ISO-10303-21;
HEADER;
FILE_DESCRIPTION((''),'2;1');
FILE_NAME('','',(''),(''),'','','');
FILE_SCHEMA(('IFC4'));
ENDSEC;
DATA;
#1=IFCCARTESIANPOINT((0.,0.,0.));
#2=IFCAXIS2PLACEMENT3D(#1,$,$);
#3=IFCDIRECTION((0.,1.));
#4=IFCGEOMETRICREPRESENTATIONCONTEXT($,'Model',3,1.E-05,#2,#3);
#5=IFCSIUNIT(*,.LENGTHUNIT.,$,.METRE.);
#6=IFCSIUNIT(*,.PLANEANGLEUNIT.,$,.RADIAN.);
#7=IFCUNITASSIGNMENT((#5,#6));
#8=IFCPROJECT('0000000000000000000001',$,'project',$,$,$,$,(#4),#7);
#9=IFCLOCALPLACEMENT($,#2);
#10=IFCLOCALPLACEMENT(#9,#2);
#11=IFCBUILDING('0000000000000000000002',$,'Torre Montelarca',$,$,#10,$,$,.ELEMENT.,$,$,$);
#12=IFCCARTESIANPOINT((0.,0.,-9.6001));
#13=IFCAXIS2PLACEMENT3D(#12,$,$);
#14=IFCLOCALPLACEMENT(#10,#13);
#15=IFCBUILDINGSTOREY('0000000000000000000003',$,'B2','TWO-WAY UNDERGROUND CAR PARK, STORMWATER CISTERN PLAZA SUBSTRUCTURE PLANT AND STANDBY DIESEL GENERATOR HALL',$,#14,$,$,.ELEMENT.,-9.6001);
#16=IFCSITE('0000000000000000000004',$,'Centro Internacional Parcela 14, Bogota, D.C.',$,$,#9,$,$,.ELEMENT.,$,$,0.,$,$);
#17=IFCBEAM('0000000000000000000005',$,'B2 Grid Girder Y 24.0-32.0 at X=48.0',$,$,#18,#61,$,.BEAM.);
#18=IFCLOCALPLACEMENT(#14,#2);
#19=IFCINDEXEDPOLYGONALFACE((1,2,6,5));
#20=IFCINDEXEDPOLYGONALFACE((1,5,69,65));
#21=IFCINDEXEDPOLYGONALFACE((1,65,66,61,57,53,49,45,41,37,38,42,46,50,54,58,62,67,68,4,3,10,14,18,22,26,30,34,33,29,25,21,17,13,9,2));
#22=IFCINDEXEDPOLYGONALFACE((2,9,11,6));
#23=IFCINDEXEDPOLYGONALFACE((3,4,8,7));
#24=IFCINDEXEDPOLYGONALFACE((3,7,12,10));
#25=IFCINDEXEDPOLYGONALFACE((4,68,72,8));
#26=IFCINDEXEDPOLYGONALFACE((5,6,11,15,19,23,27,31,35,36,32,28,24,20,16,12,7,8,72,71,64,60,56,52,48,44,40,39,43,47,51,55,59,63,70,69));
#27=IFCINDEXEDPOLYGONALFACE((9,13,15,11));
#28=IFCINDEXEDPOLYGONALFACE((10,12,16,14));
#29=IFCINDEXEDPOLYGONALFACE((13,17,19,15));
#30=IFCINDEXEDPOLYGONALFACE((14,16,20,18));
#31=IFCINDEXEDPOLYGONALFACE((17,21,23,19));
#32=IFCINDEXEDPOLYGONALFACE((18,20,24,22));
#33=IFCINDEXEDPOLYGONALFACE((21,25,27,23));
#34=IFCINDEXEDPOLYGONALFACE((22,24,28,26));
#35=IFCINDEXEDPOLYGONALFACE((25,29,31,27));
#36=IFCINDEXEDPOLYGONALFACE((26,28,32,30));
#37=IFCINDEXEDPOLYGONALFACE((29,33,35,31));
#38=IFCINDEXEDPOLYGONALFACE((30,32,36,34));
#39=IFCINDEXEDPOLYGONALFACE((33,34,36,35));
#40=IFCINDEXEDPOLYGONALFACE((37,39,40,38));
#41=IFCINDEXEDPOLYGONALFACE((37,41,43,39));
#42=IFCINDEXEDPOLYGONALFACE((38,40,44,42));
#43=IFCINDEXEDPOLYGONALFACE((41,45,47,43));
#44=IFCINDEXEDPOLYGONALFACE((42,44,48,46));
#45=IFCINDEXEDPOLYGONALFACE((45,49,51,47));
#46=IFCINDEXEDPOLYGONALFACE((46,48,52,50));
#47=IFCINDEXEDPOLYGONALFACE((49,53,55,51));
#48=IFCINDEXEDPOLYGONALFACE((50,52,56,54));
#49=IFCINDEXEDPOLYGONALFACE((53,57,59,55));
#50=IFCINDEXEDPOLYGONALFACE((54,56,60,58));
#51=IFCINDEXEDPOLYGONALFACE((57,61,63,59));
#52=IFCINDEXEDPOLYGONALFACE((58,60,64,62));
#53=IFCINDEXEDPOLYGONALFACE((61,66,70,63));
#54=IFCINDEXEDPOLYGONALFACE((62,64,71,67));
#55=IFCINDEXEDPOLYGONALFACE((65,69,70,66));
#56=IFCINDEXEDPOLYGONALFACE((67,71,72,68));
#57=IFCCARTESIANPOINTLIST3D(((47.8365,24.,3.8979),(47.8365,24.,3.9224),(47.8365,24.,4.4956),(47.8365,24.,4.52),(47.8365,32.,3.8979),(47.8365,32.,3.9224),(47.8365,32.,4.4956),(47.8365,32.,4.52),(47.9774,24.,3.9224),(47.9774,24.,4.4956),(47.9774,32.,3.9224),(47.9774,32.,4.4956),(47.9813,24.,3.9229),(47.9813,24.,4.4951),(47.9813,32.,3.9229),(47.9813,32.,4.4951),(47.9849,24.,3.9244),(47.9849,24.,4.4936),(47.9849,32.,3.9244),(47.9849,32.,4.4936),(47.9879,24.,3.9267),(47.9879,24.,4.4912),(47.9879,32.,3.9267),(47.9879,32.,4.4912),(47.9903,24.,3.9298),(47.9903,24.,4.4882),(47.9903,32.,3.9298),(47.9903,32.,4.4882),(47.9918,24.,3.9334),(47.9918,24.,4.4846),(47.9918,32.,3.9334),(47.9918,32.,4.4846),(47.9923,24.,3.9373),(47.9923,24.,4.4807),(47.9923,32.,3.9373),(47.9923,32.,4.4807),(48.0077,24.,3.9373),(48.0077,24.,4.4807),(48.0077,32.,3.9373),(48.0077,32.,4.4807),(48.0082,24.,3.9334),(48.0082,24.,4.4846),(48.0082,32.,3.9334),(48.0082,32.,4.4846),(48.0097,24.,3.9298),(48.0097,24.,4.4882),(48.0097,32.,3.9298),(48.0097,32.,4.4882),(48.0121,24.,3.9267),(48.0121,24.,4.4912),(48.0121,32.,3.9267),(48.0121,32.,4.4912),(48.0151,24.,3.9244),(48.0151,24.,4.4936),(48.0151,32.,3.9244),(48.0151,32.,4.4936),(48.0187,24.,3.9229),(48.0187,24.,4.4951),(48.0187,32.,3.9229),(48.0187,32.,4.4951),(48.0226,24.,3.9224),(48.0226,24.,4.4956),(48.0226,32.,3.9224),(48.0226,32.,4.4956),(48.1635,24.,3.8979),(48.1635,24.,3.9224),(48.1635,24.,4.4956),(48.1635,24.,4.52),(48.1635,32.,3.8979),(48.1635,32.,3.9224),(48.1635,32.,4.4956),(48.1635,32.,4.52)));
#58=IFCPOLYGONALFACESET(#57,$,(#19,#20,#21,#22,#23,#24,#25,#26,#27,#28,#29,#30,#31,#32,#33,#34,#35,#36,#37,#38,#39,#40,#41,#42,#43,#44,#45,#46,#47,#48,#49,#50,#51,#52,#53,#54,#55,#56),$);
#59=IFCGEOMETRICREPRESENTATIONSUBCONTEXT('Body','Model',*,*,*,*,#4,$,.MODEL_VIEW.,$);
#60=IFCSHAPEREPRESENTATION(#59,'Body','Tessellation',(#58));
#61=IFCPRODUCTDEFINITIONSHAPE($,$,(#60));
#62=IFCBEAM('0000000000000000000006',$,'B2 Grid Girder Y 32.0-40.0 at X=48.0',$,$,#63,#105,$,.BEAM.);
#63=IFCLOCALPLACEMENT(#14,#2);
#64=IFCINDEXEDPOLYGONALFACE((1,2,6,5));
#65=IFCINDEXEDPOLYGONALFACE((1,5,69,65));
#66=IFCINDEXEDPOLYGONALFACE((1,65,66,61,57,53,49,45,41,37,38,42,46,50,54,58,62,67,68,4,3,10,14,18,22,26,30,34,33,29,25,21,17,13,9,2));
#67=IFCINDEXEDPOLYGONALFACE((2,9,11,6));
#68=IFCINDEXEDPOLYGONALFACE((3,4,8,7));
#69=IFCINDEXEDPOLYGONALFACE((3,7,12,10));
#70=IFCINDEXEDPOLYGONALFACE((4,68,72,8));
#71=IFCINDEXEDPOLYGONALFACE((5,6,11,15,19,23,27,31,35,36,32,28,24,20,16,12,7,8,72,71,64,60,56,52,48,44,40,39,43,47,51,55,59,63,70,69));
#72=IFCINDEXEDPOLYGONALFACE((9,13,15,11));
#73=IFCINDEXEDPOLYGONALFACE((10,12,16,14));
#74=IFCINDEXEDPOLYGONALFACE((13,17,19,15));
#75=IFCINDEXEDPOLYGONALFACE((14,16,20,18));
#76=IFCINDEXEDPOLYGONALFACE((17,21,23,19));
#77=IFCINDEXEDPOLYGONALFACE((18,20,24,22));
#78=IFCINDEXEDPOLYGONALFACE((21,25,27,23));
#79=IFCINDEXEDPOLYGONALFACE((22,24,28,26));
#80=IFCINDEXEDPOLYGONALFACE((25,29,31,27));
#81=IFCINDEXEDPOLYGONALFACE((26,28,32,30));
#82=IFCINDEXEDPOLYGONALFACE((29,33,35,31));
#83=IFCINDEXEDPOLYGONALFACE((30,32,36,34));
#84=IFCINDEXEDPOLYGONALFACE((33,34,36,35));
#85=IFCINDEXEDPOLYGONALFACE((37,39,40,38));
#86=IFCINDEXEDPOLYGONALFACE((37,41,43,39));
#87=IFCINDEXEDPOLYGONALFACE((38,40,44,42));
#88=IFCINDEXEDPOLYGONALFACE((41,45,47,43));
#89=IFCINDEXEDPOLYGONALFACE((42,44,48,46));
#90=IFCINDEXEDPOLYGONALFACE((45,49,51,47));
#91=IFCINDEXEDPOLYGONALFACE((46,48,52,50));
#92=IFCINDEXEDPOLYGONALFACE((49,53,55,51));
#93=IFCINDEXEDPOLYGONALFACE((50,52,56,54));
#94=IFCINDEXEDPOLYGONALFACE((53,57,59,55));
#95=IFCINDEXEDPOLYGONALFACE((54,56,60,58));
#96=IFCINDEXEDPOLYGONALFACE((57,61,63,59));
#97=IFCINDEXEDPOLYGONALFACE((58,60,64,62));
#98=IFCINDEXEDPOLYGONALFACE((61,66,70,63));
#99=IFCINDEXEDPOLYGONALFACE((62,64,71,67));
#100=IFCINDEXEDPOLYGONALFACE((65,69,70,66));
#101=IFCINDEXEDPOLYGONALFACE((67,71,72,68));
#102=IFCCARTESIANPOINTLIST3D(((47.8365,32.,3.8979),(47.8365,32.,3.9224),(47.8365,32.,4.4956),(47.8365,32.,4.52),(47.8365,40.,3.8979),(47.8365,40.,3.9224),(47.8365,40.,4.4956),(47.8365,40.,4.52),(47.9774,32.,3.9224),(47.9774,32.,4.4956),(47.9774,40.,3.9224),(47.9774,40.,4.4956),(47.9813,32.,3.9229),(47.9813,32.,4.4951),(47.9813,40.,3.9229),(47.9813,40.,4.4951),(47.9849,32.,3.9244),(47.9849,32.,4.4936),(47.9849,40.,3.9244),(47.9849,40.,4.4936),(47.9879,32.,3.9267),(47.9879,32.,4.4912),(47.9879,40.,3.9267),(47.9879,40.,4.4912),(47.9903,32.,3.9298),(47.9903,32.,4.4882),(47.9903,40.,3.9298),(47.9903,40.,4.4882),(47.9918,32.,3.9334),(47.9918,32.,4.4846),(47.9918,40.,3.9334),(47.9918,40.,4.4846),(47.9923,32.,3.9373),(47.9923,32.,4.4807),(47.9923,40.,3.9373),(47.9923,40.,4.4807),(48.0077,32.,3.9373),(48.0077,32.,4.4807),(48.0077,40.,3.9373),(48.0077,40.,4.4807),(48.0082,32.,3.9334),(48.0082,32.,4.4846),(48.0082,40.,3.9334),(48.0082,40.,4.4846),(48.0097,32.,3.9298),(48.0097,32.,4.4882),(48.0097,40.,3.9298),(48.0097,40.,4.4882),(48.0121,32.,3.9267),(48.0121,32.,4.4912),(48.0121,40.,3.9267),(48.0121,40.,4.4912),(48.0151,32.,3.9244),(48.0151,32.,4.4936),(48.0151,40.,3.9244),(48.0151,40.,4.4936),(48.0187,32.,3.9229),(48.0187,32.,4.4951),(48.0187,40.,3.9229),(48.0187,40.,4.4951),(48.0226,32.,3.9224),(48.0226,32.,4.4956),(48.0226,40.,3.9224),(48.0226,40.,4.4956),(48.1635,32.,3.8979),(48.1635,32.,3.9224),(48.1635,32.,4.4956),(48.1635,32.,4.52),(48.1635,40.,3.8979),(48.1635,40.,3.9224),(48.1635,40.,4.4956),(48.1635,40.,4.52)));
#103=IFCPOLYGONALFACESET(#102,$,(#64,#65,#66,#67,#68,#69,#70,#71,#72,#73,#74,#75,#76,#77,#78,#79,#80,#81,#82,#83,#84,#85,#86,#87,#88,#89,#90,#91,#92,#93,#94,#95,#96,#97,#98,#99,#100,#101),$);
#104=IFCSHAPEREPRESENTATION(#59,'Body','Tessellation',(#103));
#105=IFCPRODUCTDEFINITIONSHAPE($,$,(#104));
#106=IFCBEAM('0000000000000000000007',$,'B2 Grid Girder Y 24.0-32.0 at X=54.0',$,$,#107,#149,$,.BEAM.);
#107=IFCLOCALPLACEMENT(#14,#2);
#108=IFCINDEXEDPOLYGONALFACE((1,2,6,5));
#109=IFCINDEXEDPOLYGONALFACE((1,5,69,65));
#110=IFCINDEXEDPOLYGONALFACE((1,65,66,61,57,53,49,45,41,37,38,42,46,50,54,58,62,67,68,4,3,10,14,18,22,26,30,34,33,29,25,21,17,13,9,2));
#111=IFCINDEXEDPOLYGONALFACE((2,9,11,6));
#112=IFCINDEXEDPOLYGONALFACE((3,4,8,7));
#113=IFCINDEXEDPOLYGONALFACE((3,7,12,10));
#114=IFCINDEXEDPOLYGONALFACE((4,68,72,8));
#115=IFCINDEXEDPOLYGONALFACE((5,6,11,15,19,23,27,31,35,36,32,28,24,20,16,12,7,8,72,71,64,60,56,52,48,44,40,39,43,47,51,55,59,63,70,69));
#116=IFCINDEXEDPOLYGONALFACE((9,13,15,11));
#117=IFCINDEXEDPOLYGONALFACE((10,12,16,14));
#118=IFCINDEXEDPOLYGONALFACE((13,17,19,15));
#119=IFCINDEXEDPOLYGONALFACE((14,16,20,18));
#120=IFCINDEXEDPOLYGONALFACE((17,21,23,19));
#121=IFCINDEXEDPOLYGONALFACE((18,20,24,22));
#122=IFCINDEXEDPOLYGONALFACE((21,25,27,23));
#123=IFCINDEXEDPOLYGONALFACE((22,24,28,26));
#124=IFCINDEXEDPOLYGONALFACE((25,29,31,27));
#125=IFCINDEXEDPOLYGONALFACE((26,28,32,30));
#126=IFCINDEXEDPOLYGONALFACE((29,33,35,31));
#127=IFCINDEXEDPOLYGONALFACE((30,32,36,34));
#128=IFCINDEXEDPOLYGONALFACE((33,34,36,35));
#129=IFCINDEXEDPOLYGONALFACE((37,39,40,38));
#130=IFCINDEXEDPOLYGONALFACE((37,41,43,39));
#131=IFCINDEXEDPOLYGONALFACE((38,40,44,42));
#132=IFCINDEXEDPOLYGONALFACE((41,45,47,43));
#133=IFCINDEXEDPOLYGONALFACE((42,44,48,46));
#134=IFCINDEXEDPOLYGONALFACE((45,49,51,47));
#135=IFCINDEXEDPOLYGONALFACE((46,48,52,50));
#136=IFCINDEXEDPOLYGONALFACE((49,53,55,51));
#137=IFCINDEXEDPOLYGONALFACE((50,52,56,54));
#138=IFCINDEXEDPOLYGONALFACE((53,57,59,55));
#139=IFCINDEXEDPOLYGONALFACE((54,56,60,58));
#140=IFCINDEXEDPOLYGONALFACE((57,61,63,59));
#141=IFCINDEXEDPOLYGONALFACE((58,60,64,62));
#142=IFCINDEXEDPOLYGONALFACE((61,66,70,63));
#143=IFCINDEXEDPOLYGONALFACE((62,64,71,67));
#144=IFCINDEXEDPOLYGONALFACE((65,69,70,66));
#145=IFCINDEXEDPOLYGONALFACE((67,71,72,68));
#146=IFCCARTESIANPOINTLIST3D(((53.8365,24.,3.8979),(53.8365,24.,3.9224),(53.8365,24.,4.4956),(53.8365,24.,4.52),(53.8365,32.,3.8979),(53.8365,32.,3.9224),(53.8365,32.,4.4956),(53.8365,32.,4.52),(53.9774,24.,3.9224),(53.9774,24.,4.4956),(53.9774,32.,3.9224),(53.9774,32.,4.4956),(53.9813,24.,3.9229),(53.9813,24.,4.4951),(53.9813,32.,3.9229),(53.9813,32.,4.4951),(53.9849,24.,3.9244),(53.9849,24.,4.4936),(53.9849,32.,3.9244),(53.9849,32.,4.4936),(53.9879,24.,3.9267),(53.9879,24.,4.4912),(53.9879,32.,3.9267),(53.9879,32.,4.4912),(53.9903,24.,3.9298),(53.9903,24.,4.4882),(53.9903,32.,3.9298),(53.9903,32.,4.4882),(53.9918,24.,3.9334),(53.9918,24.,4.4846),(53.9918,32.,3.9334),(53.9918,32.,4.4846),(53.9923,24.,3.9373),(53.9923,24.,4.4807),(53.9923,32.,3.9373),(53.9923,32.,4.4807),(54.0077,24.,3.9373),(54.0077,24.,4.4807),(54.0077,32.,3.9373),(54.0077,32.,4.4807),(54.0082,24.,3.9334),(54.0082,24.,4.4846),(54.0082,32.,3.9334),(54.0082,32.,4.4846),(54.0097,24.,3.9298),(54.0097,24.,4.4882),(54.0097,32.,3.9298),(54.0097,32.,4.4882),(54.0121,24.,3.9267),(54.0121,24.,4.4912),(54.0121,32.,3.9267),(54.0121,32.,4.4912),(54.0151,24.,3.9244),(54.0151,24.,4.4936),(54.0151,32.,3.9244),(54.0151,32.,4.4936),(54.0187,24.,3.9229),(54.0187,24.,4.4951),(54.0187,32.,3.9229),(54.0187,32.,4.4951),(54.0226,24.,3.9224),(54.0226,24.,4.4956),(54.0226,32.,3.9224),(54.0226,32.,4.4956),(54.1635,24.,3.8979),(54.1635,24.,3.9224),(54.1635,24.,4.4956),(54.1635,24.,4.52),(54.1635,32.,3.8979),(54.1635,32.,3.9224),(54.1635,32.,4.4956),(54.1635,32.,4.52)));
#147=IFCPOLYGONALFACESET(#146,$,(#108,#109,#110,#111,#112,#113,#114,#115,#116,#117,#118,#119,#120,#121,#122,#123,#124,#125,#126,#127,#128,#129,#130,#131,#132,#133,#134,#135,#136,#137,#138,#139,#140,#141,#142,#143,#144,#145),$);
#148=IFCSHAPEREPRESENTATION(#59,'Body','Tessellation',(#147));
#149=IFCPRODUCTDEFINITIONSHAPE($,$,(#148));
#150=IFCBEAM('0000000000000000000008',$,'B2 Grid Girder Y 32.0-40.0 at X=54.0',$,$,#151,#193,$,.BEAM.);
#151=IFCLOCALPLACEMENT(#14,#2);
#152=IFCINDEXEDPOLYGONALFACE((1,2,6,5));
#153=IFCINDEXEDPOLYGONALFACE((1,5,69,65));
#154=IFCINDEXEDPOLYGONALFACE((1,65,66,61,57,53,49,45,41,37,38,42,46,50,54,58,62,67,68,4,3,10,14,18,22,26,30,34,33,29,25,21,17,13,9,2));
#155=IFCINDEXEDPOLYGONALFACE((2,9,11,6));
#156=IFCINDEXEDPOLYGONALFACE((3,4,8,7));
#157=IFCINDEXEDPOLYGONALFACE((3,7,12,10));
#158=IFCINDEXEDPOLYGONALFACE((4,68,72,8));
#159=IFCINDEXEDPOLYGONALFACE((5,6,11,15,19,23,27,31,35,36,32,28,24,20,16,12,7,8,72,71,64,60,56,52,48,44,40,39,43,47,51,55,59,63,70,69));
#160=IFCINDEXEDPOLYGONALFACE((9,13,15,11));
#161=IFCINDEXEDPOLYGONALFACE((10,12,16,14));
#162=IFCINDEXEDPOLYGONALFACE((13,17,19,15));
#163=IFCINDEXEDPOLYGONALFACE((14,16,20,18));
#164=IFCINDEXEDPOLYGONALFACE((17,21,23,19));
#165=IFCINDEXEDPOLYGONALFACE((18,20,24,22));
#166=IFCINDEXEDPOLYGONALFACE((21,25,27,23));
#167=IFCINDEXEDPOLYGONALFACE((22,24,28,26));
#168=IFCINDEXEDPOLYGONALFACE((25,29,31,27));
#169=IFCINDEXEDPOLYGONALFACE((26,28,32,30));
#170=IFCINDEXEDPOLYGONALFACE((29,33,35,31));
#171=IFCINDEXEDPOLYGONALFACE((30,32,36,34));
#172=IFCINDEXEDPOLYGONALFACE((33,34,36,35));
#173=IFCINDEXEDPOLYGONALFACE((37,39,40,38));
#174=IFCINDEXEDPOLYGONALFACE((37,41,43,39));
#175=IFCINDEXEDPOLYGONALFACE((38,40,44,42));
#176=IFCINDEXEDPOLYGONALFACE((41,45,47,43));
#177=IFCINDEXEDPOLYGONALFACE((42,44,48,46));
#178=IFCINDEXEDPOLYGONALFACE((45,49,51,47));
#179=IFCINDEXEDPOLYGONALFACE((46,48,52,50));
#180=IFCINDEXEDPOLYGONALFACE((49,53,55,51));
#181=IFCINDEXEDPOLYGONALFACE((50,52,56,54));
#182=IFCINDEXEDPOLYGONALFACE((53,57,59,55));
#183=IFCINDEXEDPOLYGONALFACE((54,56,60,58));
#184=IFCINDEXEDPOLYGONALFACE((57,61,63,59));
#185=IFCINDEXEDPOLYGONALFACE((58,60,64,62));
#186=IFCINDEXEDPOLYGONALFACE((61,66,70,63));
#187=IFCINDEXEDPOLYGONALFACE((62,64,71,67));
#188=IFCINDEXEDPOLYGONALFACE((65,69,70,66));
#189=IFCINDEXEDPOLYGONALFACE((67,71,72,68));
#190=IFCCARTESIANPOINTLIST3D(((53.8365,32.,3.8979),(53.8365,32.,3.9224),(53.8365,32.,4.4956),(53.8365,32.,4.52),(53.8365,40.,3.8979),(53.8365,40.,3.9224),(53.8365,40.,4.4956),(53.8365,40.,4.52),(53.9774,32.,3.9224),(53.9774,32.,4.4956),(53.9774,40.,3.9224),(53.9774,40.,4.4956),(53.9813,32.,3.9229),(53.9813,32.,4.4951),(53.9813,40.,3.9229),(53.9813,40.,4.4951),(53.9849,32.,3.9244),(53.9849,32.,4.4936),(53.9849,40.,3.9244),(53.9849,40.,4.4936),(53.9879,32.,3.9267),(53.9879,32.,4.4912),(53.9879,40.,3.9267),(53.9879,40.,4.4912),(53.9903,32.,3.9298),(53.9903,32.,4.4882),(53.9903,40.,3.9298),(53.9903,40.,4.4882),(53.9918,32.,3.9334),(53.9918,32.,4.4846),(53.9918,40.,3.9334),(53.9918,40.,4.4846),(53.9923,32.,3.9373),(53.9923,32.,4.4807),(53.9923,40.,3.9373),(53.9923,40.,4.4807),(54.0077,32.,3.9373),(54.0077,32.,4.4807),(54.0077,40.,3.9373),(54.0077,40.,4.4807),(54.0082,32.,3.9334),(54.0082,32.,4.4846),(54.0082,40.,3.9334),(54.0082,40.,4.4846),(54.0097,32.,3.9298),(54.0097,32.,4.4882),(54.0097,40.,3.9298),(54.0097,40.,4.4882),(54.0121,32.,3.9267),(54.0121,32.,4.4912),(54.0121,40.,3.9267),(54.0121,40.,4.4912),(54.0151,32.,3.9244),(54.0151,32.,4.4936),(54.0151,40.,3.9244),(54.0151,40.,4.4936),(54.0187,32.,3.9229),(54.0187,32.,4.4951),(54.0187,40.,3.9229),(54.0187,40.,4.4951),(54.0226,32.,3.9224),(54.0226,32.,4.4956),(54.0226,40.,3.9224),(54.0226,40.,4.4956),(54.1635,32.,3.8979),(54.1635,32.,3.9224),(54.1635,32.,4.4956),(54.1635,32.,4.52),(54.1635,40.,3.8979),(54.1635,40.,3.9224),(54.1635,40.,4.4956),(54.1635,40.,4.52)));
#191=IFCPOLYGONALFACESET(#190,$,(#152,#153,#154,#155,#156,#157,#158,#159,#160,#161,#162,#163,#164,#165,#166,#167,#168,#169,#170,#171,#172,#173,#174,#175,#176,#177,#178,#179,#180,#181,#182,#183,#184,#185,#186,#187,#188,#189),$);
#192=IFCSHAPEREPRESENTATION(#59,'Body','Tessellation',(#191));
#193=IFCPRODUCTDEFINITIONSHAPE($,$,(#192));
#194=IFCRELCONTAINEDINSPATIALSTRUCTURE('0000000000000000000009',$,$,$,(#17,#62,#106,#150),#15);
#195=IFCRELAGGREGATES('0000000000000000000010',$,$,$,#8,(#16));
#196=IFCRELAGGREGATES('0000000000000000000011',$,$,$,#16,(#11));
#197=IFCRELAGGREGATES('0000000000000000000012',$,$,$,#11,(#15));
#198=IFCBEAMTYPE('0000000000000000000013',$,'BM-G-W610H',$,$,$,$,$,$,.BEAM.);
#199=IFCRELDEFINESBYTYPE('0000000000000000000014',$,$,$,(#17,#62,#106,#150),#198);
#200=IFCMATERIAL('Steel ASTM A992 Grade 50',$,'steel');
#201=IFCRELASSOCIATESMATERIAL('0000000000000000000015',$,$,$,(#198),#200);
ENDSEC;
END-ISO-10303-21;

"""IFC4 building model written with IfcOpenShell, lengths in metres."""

from ifc_helpers import new_model, si_unit, direction, frame, origin, origin_2d, place, context, subcontext, project, spatial, i_section, extrude, source, transform, mapped, material, material_profile, profile_set, type_object, element, save


model = new_model("IFC4")

# Units and contexts
model_context = context("Model", 3, precision=1e-05, world=origin(), true_north=direction((0.0, 1.0)))
body_context = subcontext(model_context, "Body", "Model", "MODEL_VIEW")
ifc_project = project(units=[si_unit("LENGTHUNIT", "METRE"), si_unit("PLANEANGLEUNIT", "RADIAN")], contexts=[model_context])

# Site, building, storey
site_placement = place(None, origin())
site = spatial("IfcSite", under=ifc_project, at=site_placement, Name="Centro Internacional Parcela 14, Bogota, D.C.", CompositionType="ELEMENT", RefElevation=0.0)
building_placement = place(site_placement, origin())
building = spatial("IfcBuilding", under=site, at=building_placement, Name="Torre Montelarca", CompositionType="ELEMENT")
storey_placement = place(building_placement, frame((0.0, 0.0, -9.6001)))
storey = spatial("IfcBuildingStorey", under=building, at=storey_placement, Name="B2", Description="TWO-WAY UNDERGROUND CAR PARK, STORMWATER CISTERN PLAZA SUBSTRUCTURE PLANT AND STANDBY DIESEL GENERATOR HALL", CompositionType="ELEMENT", Elevation=-9.6001)

# Beams
ifc_material_1 = material(Name="Steel ASTM A992 Grade 50", Category="steel")
ifc_material_profile_1 = material_profile(ifc_material_1, i_section(OverallWidth=0.3269, OverallDepth=0.6221, WebThickness=0.0154, FlangeThickness=0.0244, FilletRadius=0.0149, at=origin_2d()), Name="W610X195", Category="steel")
ifc_profile_set_1 = profile_set([ifc_material_profile_1], Name="Steel ASTM A992 Grade 50")
beam_type_1 = type_object("IfcBeamType", Name="BM-G-W610H", PredefinedType="BEAM", material=ifc_profile_set_1)
shared_shape_1 = source(origin(), body_context, "Body", "SweptSolid", [
    extrude(i_section(OverallWidth=0.3269, OverallDepth=0.6221, WebThickness=0.0154, FlangeThickness=0.0244, FilletRadius=0.0149, at=origin_2d()), origin(), (0.0, 0.0, 1.0), 8.0),
])
for number, where, z_axis, x_axis, name in (
    (1, (48.0, 24.0, 4.209), (0.0, 1.0, 0.0), (-1.0, 0.0, 0.0), "B2 Grid Girder Y 24.0-32.0 at X=48.0"),
    (2, (48.0, 32.0, 4.209), (0.0, 1.0, 0.0), (-1.0, 0.0, 0.0), "B2 Grid Girder Y 32.0-40.0 at X=48.0"),
    (3, (54.0, 24.0, 4.209), (0.0, 1.0, 0.0), (-1.0, 0.0, 0.0), "B2 Grid Girder Y 24.0-32.0 at X=54.0"),
    (4, (54.0, 32.0, 4.209), (0.0, 1.0, 0.0), (-1.0, 0.0, 0.0), "B2 Grid Girder Y 32.0-40.0 at X=54.0"),
):
    element("IfcBeam", number, at=place(storey_placement, frame(where, z_axis=z_axis, x_axis=x_axis)), inside=storey, type_object=beam_type_1, Name=name, PredefinedType="BEAM", context=body_context, shape_type="MappedRepresentation", body=[
        mapped(shared_shape_1, transform((0.0, 0.0, 0.0), scale=1.0)),
    ])

save(model, "model.ifc")
